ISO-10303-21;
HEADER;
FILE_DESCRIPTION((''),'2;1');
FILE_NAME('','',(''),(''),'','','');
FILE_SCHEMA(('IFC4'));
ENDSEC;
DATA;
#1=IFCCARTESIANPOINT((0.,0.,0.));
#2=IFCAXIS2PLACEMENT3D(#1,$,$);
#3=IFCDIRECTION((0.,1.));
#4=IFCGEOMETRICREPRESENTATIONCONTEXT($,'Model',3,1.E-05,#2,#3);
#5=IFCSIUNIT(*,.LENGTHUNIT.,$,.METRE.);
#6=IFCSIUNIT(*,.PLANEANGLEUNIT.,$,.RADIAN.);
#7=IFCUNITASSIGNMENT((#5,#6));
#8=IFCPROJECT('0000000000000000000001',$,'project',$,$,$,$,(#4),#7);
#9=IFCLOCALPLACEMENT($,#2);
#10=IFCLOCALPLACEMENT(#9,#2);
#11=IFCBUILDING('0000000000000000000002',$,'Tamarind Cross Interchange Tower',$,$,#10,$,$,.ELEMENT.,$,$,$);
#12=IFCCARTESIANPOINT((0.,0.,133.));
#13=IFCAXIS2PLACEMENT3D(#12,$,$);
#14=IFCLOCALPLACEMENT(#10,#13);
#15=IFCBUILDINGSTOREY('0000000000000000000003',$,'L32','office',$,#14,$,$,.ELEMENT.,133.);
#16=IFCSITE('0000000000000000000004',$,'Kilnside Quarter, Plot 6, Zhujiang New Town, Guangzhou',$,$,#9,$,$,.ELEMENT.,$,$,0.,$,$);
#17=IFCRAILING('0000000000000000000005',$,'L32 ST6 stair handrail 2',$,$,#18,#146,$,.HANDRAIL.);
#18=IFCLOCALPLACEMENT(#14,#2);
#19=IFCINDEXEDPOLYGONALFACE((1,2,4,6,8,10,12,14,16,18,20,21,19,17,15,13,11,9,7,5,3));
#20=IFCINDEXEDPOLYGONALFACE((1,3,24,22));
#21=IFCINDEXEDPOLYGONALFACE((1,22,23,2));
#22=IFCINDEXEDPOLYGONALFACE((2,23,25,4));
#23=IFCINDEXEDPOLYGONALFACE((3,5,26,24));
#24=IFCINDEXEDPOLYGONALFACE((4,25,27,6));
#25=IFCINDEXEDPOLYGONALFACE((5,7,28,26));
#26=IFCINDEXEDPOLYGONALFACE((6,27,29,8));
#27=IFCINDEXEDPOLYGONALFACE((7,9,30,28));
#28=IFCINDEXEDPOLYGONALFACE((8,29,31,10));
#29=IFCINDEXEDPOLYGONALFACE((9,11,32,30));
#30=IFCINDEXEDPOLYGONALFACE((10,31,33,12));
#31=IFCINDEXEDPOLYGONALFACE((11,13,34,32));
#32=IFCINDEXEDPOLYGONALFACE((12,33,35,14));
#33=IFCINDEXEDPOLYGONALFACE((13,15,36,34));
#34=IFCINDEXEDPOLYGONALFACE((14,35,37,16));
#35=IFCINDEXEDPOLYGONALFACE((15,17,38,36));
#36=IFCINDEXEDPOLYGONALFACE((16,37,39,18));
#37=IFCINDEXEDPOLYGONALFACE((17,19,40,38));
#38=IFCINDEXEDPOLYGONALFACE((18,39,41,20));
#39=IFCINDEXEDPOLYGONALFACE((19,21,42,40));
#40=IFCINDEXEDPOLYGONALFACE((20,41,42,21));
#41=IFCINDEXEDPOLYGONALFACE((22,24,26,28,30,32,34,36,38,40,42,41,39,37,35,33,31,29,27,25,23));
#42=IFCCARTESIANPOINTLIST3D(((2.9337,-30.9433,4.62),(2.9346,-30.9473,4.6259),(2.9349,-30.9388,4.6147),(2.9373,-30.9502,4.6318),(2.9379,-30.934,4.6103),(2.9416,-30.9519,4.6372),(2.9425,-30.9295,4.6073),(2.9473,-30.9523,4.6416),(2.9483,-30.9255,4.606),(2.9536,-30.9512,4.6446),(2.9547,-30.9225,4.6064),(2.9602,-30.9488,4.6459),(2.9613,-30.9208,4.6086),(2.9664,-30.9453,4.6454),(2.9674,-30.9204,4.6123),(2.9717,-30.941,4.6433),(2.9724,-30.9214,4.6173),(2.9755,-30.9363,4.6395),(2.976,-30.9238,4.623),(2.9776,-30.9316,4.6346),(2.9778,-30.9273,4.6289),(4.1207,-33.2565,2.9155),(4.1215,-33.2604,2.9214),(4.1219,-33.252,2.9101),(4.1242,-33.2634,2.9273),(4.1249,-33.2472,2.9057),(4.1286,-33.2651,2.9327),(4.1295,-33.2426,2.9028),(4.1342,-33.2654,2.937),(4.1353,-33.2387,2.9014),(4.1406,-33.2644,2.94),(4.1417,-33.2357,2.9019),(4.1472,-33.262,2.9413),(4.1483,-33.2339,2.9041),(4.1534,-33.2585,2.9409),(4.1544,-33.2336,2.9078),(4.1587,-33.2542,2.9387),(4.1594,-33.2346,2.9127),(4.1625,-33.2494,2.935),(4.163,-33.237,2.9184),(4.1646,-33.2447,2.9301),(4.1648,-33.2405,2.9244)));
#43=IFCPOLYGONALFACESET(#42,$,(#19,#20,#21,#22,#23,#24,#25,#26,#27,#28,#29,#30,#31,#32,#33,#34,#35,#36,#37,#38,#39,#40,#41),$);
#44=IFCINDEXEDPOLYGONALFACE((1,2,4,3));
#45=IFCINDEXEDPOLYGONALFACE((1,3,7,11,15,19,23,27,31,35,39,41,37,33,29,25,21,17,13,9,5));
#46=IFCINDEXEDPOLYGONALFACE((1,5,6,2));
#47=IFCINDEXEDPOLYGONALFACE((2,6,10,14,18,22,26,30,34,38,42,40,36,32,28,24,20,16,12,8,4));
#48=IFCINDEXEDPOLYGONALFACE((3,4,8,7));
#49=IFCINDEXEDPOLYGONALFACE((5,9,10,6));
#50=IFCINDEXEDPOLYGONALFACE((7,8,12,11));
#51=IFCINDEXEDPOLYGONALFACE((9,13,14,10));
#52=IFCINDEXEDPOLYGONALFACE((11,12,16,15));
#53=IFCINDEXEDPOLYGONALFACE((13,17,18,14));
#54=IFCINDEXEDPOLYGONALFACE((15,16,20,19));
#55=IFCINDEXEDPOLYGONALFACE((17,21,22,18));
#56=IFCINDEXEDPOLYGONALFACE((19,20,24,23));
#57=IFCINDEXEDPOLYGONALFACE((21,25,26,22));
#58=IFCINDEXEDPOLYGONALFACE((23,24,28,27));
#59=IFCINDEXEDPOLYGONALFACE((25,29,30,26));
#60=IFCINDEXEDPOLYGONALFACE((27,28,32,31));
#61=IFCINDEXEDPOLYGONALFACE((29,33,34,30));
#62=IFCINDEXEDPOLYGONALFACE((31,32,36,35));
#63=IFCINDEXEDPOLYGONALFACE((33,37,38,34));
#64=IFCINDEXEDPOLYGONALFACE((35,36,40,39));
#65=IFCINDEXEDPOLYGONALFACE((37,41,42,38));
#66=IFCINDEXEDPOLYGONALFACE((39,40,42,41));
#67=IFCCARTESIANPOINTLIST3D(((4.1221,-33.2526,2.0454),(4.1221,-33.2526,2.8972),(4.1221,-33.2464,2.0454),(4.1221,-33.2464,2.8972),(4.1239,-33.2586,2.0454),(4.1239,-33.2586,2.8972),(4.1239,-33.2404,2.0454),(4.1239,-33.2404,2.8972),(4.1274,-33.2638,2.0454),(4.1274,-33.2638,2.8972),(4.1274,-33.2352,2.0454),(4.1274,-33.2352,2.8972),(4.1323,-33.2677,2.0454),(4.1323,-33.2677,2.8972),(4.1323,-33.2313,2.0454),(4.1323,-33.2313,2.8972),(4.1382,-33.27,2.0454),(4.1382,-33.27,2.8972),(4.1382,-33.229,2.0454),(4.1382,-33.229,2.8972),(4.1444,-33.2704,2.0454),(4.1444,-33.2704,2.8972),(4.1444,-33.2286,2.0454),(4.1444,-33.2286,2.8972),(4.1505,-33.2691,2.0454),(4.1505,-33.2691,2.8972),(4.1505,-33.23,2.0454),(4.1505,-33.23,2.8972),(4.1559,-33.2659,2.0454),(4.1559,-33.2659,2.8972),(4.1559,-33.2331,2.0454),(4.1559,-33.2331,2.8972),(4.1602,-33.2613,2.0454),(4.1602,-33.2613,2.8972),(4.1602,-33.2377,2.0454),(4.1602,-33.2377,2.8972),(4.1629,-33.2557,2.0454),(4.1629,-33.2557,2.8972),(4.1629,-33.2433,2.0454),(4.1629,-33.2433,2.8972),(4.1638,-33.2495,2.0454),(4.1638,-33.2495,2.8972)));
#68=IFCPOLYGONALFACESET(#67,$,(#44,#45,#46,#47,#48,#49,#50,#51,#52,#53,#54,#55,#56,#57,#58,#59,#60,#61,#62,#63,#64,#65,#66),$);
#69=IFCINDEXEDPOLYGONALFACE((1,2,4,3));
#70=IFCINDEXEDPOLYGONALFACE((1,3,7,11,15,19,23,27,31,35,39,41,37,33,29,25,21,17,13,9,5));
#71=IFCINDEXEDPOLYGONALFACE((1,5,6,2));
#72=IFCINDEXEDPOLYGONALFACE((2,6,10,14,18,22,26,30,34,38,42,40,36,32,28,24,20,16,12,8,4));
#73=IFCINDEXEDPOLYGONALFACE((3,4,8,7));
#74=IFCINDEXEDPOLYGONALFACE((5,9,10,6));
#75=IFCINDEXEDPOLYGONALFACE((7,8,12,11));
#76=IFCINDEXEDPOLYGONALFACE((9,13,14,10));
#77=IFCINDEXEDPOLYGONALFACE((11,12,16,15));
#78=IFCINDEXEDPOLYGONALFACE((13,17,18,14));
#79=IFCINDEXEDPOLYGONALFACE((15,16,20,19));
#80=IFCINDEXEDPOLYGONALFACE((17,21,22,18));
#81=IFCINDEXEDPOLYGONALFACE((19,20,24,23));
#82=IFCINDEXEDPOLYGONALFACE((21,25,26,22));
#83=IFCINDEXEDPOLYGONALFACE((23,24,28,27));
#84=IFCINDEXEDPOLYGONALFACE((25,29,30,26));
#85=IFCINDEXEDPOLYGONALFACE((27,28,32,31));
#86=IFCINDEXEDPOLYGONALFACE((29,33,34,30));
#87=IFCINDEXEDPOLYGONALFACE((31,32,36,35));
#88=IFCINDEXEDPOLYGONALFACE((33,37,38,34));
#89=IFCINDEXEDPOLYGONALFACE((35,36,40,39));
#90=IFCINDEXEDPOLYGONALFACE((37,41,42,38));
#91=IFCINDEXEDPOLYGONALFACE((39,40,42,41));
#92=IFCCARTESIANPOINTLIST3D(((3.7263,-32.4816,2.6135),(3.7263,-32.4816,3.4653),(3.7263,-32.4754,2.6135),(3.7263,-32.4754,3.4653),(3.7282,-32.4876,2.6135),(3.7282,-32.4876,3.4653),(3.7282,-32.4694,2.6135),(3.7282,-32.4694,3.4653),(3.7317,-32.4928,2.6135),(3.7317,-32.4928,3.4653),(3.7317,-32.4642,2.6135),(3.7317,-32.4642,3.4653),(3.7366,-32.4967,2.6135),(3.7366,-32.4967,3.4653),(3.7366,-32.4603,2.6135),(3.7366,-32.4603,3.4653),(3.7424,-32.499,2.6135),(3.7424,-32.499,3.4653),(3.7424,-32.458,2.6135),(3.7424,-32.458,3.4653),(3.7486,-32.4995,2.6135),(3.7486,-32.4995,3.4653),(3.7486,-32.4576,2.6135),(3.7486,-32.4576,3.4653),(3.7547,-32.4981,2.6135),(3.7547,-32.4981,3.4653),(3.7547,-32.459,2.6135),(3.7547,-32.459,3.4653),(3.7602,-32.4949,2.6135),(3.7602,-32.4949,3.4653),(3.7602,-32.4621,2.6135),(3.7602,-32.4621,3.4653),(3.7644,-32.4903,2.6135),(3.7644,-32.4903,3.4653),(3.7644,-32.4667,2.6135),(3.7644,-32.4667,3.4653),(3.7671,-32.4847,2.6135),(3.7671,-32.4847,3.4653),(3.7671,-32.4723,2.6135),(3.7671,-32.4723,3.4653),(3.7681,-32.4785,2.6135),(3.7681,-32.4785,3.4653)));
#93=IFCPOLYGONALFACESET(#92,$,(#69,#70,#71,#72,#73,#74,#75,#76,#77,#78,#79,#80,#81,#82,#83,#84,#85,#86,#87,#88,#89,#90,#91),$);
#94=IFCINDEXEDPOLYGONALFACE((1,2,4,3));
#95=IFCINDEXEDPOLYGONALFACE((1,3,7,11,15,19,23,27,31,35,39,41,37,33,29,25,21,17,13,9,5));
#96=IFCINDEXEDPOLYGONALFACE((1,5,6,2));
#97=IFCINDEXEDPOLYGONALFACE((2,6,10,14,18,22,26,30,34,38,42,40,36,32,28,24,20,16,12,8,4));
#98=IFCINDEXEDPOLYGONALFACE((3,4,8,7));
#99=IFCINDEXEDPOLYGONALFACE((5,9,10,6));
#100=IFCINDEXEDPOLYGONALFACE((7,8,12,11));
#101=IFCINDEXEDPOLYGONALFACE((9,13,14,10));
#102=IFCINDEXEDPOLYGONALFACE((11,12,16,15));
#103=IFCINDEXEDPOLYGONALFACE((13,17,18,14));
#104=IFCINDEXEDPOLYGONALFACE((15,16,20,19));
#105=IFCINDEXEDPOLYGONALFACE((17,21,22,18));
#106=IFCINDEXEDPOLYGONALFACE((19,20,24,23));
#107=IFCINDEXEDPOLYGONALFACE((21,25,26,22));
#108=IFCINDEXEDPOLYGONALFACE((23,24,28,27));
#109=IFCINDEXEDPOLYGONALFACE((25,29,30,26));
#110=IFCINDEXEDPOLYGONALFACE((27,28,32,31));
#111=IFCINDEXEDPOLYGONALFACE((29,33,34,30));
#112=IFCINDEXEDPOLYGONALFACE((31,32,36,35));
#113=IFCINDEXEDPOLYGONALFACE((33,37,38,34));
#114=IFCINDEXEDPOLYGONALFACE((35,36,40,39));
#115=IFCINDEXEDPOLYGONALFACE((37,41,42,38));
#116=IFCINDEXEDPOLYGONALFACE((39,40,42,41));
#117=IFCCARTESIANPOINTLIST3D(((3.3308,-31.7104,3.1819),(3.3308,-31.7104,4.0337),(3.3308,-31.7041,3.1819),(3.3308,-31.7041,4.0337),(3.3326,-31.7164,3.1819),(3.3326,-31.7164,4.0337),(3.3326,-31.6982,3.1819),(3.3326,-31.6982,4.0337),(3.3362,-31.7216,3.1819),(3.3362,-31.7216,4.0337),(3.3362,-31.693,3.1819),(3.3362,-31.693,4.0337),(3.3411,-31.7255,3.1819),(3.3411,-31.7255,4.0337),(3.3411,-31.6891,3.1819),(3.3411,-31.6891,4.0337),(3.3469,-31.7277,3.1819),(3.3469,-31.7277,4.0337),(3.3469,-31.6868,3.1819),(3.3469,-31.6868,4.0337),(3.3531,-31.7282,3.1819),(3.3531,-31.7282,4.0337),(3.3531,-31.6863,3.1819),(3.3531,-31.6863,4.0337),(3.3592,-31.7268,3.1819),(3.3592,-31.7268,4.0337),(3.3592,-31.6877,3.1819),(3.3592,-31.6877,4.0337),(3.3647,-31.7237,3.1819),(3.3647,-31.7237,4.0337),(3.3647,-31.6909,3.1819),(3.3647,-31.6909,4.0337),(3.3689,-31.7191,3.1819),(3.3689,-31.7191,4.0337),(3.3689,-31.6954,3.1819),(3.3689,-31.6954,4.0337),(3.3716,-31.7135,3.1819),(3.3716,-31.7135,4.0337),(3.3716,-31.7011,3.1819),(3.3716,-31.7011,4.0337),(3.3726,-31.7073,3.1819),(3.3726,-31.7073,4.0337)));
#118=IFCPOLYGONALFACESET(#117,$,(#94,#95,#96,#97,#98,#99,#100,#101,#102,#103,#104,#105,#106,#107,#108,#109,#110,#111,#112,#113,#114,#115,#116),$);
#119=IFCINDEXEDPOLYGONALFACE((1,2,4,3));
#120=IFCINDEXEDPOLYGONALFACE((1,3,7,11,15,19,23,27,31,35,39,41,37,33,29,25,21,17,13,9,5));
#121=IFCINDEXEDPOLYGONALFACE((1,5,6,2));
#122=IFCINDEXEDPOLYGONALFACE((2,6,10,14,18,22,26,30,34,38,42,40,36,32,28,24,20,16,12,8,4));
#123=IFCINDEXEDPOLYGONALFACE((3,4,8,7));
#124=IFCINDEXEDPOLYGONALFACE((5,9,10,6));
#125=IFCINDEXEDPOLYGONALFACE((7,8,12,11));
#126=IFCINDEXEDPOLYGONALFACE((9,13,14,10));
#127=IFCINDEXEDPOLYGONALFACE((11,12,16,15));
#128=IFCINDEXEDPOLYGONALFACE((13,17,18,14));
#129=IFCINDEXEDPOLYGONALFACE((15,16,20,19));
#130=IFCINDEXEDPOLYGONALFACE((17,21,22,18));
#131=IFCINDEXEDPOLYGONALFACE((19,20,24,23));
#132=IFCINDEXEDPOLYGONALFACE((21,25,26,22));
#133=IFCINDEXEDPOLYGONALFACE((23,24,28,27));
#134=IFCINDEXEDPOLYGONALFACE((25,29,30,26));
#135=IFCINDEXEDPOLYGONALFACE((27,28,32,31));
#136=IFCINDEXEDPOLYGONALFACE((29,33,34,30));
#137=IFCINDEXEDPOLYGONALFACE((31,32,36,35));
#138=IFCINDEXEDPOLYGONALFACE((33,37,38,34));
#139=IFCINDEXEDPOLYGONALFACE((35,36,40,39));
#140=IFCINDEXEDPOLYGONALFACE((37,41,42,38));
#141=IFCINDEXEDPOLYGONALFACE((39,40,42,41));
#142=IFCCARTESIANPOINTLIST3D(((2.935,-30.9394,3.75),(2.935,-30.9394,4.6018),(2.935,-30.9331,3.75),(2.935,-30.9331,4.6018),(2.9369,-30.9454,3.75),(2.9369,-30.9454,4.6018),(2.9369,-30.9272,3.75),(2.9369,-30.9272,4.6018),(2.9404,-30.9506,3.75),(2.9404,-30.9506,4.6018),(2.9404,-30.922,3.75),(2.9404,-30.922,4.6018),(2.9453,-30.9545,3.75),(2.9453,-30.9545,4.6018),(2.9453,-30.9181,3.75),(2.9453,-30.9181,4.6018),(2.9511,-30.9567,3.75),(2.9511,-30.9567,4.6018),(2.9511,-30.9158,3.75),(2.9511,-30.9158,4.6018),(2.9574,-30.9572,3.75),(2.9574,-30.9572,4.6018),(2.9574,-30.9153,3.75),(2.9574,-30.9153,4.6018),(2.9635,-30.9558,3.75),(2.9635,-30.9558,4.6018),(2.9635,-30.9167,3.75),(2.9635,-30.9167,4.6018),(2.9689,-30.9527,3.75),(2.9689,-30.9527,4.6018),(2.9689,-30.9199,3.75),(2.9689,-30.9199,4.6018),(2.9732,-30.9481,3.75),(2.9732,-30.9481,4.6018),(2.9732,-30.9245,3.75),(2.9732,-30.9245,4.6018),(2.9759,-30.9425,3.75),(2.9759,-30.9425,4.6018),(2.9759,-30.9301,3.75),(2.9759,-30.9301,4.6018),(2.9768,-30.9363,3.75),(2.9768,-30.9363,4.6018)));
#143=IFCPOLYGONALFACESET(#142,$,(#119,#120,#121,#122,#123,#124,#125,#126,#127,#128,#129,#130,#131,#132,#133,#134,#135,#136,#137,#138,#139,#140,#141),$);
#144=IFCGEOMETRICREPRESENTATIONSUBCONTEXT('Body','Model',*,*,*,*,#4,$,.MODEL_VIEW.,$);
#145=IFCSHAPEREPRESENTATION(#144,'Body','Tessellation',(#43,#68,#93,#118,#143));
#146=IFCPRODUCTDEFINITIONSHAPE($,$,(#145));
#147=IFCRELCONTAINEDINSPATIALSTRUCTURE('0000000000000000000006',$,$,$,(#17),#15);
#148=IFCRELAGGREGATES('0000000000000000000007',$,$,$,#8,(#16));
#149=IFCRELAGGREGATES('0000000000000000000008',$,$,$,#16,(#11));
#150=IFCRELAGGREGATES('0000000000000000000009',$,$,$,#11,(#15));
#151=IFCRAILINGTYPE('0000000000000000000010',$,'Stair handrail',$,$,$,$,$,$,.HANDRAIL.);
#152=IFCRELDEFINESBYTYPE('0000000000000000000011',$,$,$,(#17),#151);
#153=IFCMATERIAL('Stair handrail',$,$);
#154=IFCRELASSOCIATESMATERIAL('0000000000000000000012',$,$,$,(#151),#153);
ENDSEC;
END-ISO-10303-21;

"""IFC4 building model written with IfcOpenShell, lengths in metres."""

from ifc_helpers import new_model, si_unit, direction, frame, origin, origin_2d, place, context, subcontext, project, spatial, circle, extrude, material, type_object, element, save


model = new_model("IFC4")

# Units and contexts
model_context = context("Model", 3, precision=1e-05, world=origin(), true_north=direction((0.0, 1.0)))
body_context = subcontext(model_context, "Body", "Model", "MODEL_VIEW")
ifc_project = project(units=[si_unit("LENGTHUNIT", "METRE"), si_unit("PLANEANGLEUNIT", "RADIAN")], contexts=[model_context])

# Site, building, storey
site_placement = place(None, origin())
site = spatial("IfcSite", under=ifc_project, at=site_placement, Name="Kilnside Quarter, Plot 6, Zhujiang New Town, Guangzhou", CompositionType="ELEMENT", RefElevation=0.0)
building_placement = place(site_placement, origin())
building = spatial("IfcBuilding", under=site, at=building_placement, Name="Tamarind Cross Interchange Tower", CompositionType="ELEMENT")
storey_placement = place(building_placement, frame((0.0, 0.0, 133.0)))
storey = spatial("IfcBuildingStorey", under=building, at=storey_placement, Name="L32", Description="office", CompositionType="ELEMENT", Elevation=133.0)

# Railing
ifc_material_1 = material(Name="Stair handrail")
railing_type_1 = type_object("IfcRailingType", Name="Stair handrail", PredefinedType="HANDRAIL", material=ifc_material_1)
railing_1_placement = place(storey_placement, frame((4.1428, -33.2495, 2.0454)))
element("IfcRailing", 1, at=railing_1_placement, inside=storey, type_object=railing_type_1, Name="L32 ST6 stair handrail 2", PredefinedType="HANDRAIL", context=body_context, shape_type="SweptSolid", body=[
    extrude(circle(Radius=0.0239, at=origin_2d()), frame((0.0, 0.0, 0.876), z_axis=(-0.381803, 0.744052, 0.548282), x_axis=(-0.889702, -0.456542, 0.0)), (0.0, 0.0, 1.0), 3.1089),
    extrude(circle(Radius=0.021, at=origin_2d()), origin(), (0.0, 0.0, 1.0), 0.8518),
    extrude(circle(Radius=0.021, at=origin_2d()), frame((-0.3958, 0.771, 0.5681)), (0.0, 0.0, 1.0), 0.8518),
    extrude(circle(Radius=0.021, at=origin_2d()), frame((-0.7913, 1.5422, 1.1365)), (0.0, 0.0, 1.0), 0.8518),
    extrude(circle(Radius=0.021, at=origin_2d()), frame((-1.187, 2.3132, 1.7046)), (0.0, 0.0, 1.0), 0.8518),
])

save(model, "model.ifc")
